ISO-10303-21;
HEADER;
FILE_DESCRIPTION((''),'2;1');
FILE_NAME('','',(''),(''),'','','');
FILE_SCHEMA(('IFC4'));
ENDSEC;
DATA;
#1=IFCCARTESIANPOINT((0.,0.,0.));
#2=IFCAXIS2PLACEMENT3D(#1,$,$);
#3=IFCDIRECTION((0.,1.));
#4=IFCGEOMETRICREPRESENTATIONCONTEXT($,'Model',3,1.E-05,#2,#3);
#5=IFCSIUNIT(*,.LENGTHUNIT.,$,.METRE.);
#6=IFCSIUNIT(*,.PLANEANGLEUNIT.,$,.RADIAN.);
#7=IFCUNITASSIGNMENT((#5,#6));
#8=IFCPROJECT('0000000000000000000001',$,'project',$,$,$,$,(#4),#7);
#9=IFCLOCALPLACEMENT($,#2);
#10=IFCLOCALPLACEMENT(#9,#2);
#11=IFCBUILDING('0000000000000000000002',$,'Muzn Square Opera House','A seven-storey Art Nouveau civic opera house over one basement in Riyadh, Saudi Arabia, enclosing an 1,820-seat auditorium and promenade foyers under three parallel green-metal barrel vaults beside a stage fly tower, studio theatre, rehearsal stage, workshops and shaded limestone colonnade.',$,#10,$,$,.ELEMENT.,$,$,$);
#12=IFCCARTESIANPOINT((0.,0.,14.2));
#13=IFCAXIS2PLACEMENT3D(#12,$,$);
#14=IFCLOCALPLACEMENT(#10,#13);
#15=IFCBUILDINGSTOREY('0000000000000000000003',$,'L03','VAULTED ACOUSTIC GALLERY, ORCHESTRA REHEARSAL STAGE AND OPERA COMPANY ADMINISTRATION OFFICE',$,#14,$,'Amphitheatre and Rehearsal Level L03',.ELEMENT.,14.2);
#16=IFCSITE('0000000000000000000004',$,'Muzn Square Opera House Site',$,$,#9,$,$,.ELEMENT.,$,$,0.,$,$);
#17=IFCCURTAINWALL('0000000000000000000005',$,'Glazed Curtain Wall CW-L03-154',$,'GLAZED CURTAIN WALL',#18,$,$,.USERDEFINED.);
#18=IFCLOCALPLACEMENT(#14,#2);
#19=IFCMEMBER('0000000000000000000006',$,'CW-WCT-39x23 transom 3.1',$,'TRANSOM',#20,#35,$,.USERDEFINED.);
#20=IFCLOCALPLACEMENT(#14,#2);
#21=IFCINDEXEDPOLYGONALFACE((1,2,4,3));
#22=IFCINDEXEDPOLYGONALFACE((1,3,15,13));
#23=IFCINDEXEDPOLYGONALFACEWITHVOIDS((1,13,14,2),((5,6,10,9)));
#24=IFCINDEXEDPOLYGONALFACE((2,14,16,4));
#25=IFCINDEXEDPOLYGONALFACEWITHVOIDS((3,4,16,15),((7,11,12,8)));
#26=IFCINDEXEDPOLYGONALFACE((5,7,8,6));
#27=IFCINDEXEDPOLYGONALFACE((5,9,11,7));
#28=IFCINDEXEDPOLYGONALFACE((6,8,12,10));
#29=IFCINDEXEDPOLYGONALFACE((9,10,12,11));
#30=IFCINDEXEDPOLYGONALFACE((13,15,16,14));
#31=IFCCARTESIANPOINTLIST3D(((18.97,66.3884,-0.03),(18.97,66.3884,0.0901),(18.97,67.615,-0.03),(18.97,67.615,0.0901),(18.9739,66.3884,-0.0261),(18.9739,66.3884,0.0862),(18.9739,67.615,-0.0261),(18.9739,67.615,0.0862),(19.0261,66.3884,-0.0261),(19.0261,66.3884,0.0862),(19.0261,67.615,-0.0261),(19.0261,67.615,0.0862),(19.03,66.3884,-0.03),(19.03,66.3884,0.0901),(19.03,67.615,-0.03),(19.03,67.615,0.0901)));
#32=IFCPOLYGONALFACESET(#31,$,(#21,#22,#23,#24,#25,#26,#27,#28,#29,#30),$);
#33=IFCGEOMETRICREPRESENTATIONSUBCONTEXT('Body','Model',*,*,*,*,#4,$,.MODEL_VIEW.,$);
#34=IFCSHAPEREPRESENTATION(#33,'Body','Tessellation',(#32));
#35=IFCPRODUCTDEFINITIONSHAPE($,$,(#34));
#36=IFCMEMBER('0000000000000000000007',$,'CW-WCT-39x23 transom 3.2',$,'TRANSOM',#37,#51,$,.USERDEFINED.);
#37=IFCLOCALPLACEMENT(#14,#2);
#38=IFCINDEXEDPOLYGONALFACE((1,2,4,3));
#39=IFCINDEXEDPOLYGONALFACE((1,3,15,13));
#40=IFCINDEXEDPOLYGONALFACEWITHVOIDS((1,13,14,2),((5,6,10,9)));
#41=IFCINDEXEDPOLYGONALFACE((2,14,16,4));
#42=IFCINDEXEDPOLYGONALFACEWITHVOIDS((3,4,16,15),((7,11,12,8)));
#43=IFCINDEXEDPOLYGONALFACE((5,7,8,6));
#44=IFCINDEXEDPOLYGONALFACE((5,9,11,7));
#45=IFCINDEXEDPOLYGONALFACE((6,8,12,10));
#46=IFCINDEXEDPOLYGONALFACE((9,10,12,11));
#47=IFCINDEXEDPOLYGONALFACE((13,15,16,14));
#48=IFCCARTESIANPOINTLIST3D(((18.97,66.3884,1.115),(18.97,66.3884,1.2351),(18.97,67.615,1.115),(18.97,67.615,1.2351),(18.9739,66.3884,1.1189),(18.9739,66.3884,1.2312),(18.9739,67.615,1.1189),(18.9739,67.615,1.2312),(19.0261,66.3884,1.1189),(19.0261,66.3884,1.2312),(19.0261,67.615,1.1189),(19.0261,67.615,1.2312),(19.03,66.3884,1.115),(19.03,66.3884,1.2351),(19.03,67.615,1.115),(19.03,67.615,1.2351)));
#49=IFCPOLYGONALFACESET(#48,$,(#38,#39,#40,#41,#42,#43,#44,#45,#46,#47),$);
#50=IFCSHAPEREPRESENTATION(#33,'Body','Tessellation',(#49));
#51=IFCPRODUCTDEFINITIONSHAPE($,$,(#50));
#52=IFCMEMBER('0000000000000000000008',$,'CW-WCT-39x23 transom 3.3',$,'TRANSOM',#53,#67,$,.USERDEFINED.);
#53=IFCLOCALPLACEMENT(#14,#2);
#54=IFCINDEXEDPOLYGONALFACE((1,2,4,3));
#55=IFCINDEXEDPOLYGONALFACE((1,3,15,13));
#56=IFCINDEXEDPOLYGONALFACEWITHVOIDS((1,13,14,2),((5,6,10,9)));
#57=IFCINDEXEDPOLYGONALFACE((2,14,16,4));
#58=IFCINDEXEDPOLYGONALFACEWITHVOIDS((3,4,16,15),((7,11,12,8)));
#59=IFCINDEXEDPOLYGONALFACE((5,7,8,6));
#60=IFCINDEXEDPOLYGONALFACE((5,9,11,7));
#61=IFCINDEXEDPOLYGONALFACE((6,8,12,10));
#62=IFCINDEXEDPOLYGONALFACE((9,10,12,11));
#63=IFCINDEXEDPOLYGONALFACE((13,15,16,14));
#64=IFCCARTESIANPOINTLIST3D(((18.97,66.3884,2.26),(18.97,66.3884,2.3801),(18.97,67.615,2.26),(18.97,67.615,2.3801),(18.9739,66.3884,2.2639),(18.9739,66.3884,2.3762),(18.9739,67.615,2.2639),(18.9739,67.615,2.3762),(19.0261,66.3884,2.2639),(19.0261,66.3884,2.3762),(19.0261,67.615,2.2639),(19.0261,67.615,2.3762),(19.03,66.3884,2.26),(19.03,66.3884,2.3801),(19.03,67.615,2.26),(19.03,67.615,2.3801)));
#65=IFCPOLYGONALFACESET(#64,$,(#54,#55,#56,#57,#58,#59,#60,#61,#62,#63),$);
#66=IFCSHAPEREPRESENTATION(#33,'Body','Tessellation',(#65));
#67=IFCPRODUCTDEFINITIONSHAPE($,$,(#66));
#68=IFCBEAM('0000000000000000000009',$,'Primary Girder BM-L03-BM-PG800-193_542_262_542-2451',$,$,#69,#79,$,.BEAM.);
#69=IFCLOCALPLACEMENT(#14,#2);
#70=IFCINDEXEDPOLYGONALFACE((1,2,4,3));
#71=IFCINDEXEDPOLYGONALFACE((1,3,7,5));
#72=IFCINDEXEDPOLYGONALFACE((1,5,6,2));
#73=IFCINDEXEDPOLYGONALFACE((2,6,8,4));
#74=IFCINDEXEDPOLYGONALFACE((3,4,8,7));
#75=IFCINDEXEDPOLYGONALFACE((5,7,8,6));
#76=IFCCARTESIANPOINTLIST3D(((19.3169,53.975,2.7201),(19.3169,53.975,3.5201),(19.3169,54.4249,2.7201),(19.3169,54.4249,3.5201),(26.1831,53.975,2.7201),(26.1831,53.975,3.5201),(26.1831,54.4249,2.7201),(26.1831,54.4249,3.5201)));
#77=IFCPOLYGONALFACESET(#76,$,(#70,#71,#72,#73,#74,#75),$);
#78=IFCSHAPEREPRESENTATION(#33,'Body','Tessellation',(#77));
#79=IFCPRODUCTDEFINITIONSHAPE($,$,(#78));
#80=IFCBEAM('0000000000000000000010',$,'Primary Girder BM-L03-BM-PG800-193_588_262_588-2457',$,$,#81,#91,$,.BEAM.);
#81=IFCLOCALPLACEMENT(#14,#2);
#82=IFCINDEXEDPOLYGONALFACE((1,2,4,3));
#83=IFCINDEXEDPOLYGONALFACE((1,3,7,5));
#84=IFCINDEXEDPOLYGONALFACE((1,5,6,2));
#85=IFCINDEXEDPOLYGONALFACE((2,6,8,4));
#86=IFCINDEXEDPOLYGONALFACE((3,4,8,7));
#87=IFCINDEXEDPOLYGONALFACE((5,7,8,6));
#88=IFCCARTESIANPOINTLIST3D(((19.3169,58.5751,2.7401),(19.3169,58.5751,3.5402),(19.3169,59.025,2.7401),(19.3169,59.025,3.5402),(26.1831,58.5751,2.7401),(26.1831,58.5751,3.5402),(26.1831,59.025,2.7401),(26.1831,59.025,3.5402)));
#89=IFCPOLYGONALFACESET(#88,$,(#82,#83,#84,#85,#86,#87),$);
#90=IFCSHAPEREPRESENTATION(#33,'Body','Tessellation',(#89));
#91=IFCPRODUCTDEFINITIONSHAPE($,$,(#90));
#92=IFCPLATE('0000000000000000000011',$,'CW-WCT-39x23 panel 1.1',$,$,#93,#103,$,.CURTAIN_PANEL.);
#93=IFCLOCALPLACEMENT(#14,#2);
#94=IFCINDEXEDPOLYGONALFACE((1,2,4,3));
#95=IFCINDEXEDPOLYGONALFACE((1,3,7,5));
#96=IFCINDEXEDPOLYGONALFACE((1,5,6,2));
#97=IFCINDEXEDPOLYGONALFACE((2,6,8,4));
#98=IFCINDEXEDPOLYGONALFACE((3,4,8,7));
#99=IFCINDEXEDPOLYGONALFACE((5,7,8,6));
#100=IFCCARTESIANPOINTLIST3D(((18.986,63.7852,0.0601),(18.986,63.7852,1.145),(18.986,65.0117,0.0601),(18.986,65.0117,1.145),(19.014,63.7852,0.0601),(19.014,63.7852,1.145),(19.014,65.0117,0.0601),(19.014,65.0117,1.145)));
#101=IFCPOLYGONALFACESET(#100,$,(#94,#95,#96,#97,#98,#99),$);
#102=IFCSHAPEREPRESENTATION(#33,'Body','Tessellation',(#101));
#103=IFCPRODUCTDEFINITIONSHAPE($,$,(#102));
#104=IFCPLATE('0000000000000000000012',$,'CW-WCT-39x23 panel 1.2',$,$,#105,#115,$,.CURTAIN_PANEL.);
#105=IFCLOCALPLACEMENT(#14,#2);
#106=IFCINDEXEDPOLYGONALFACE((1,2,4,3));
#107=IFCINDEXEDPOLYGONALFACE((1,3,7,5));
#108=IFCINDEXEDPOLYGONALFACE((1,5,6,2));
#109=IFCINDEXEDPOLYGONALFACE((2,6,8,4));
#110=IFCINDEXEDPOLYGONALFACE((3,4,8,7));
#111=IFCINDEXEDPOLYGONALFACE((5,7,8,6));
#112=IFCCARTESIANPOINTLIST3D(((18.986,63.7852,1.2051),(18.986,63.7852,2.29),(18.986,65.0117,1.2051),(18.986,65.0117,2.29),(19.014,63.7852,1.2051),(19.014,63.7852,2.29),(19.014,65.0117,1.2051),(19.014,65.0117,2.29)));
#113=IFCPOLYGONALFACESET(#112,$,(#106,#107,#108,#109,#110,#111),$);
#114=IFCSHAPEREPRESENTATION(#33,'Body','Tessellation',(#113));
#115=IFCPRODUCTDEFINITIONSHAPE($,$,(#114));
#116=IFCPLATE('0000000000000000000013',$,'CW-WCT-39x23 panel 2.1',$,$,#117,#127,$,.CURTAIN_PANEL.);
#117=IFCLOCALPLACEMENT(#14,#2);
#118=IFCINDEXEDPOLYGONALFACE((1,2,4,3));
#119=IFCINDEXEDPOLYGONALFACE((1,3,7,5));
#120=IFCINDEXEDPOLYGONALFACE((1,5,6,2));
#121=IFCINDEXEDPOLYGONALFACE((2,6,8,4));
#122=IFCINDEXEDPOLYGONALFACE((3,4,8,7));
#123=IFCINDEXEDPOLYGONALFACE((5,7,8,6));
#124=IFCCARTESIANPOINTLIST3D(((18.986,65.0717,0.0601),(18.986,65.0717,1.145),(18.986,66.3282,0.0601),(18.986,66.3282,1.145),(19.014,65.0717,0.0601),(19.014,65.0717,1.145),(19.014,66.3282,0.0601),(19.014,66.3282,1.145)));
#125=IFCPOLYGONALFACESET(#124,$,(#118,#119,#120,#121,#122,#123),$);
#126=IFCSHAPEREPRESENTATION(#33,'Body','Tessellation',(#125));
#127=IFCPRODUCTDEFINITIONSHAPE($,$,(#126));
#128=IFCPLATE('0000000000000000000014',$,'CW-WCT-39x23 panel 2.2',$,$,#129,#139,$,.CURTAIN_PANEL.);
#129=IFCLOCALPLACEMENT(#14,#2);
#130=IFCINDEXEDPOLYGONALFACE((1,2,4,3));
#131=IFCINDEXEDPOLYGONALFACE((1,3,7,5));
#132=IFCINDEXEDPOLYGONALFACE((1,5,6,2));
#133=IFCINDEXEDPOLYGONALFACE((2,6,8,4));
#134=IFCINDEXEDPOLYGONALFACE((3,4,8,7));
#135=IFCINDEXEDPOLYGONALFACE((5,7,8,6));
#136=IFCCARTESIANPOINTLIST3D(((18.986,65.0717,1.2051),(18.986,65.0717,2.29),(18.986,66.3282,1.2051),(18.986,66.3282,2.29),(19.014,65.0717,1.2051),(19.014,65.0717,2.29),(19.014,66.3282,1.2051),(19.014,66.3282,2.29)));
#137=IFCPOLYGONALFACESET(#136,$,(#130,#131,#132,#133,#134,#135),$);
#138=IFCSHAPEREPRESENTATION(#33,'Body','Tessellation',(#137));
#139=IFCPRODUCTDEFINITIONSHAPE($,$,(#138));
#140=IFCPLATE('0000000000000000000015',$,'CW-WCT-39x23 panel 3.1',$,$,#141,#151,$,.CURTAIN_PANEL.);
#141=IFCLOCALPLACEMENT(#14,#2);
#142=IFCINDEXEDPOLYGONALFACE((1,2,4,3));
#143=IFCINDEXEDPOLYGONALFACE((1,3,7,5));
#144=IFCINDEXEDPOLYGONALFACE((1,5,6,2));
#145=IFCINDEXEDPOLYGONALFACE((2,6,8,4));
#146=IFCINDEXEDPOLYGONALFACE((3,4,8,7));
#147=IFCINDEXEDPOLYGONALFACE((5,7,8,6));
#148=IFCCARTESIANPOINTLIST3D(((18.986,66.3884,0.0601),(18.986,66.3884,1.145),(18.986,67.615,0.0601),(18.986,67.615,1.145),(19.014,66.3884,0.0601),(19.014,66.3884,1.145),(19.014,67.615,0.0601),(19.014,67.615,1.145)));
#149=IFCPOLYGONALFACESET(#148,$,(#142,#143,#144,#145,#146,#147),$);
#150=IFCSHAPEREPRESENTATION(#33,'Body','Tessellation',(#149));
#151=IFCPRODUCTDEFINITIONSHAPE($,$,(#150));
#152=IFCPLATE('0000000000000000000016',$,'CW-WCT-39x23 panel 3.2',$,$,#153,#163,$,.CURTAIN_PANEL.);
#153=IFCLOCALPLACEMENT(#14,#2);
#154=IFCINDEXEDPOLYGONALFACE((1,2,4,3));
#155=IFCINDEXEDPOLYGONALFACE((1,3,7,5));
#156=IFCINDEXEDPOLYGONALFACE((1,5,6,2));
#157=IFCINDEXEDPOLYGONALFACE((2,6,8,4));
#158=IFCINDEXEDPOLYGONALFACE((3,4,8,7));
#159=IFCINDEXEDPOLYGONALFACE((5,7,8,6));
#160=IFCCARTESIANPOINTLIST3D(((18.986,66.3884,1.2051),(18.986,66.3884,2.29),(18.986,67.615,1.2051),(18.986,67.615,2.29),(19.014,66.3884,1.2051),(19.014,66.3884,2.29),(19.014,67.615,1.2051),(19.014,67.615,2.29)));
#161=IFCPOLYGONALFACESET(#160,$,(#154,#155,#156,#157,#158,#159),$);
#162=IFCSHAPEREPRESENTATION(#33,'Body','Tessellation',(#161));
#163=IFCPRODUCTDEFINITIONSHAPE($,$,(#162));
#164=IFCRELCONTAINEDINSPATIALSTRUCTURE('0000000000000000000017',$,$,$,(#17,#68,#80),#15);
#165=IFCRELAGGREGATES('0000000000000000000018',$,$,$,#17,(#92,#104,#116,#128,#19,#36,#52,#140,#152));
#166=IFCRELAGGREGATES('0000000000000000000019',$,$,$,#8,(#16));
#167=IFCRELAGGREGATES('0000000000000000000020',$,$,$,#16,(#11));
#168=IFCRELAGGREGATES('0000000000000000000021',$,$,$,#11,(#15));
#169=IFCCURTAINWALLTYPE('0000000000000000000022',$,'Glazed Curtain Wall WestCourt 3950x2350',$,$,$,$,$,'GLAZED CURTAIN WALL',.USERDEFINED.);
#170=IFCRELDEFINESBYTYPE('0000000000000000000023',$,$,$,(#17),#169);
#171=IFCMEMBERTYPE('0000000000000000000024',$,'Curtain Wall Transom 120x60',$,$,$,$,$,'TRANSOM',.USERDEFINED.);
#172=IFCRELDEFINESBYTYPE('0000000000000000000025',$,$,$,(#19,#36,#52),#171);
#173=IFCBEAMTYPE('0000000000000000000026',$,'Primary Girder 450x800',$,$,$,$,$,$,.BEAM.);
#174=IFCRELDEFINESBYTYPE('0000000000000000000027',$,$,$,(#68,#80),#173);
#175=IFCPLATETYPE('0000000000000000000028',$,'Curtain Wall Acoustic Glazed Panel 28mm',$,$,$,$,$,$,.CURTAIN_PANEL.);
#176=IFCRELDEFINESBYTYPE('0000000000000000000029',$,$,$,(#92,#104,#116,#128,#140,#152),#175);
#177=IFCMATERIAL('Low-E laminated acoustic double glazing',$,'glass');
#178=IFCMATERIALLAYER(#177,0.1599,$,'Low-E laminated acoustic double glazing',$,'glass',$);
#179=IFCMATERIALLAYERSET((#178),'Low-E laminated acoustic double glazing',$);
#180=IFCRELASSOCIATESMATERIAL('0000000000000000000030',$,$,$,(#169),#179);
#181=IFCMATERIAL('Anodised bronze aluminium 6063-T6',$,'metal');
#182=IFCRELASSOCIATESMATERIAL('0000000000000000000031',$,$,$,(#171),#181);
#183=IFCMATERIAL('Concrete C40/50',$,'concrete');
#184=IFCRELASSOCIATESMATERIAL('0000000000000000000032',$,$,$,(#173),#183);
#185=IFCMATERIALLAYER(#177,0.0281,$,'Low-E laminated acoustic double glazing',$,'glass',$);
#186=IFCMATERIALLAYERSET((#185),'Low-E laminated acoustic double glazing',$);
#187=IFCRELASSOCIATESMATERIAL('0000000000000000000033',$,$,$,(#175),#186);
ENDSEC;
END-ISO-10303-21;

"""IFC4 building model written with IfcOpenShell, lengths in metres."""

from ifc_helpers import new_model, si_unit, direction, frame, origin, origin_2d, place, context, subcontext, project, spatial, rectangle, hollow_rectangle, extrude, material, layer, layer_set, material_profile, profile_set, type_object, element, aggregate, save


model = new_model("IFC4")

# Units and contexts
model_context = context("Model", 3, precision=1e-05, world=origin(), true_north=direction((0.0, 1.0)))
body_context = subcontext(model_context, "Body", "Model", "MODEL_VIEW")
ifc_project = project(units=[si_unit("LENGTHUNIT", "METRE"), si_unit("PLANEANGLEUNIT", "RADIAN")], contexts=[model_context])

# Site, building, storey
site_placement = place(None, origin())
site = spatial("IfcSite", under=ifc_project, at=site_placement, Name="Muzn Square Opera House Site", CompositionType="ELEMENT", RefElevation=0.0)
building_placement = place(site_placement, origin())
building = spatial("IfcBuilding", under=site, at=building_placement, Name="Muzn Square Opera House", Description="A seven-storey Art Nouveau civic opera house over one basement in Riyadh, Saudi Arabia, enclosing an 1,820-seat auditorium and promenade foyers under three parallel green-metal barrel vaults beside a stage fly tower, studio theatre, rehearsal stage, workshops and shaded limestone colonnade.", CompositionType="ELEMENT")
storey_placement = place(building_placement, frame((0.0, 0.0, 14.2)))
storey = spatial("IfcBuildingStorey", under=building, at=storey_placement, Name="L03", Description="VAULTED ACOUSTIC GALLERY, ORCHESTRA REHEARSAL STAGE AND OPERA COMPANY ADMINISTRATION OFFICE", LongName="Amphitheatre and Rehearsal Level L03", CompositionType="ELEMENT", Elevation=14.2)

# Curtain wall, members
ifc_material_1 = material(Name="Low-E laminated acoustic double glazing", Category="glass")
ifc_layer_1 = layer(ifc_material_1, 0.1599, Name="Low-E laminated acoustic double glazing", Category="glass")
ifc_layer_set_1 = layer_set([ifc_layer_1], Name="Low-E laminated acoustic double glazing")
curtain_wall_type = type_object("IfcCurtainWallType", Name="Glazed Curtain Wall WestCourt 3950x2350", ElementType="GLAZED CURTAIN WALL", PredefinedType="USERDEFINED", material=ifc_layer_set_1)
curtain_wall_placement = place(storey_placement, origin())
curtain_wall = element("IfcCurtainWall", 1, at=curtain_wall_placement, inside=storey, type_object=curtain_wall_type, Name="Glazed Curtain Wall CW-L03-154", ObjectType="GLAZED CURTAIN WALL", PredefinedType="USERDEFINED")
ifc_material_2 = material(Name="Anodised bronze aluminium 6063-T6", Category="metal")
ifc_material_profile_1 = material_profile(ifc_material_2, hollow_rectangle(XDim=0.0601, YDim=0.1201, WallThickness=0.0039, at=origin_2d()), Name="ALU 120x60x4", Category="metal")
ifc_profile_set_1 = profile_set([ifc_material_profile_1], Name="Anodised bronze aluminium 6063-T6")
member_type_1 = type_object("IfcMemberType", Name="Curtain Wall Transom 120x60", ElementType="TRANSOM", PredefinedType="USERDEFINED", material=ifc_profile_set_1)
member_1_placement = place(storey_placement, frame((19.0, 66.3884, 0.03), z_axis=(0.0, 1.0, 0.0), x_axis=(-1.0, 0.0, 0.0)))
member_1 = element("IfcMember", 2, at=member_1_placement, type_object=member_type_1, Name="CW-WCT-39x23 transom 3.1", ObjectType="TRANSOM", PredefinedType="USERDEFINED", context=body_context, shape_type="SweptSolid", body=[
    extrude(hollow_rectangle(XDim=0.0601, YDim=0.1201, WallThickness=0.0039, at=origin_2d()), origin(), (0.0, 0.0, 1.0), 1.2266),
])
member_2_placement = place(storey_placement, frame((19.0, 66.3884, 1.175), z_axis=(0.0, 1.0, 0.0), x_axis=(-1.0, 0.0, 0.0)))
member_2 = element("IfcMember", 3, at=member_2_placement, type_object=member_type_1, Name="CW-WCT-39x23 transom 3.2", ObjectType="TRANSOM", PredefinedType="USERDEFINED", context=body_context, shape_type="SweptSolid", body=[
    extrude(hollow_rectangle(XDim=0.0601, YDim=0.1201, WallThickness=0.0039, at=origin_2d()), origin(), (0.0, 0.0, 1.0), 1.2266),
])
member_3_placement = place(storey_placement, frame((19.0, 66.3884, 2.3201), z_axis=(0.0, 1.0, 0.0), x_axis=(-1.0, 0.0, 0.0)))
member_3 = element("IfcMember", 4, at=member_3_placement, type_object=member_type_1, Name="CW-WCT-39x23 transom 3.3", ObjectType="TRANSOM", PredefinedType="USERDEFINED", context=body_context, shape_type="SweptSolid", body=[
    extrude(hollow_rectangle(XDim=0.0601, YDim=0.1201, WallThickness=0.0039, at=origin_2d()), origin(), (0.0, 0.0, 1.0), 1.2266),
])

# Beams
ifc_material_3 = material(Name="Concrete C40/50", Category="concrete")
ifc_material_profile_2 = material_profile(ifc_material_3, rectangle(XDim=0.45, YDim=0.8, at=origin_2d()), Name="RCB 450x800", Category="concrete")
ifc_profile_set_2 = profile_set([ifc_material_profile_2], Name="Concrete C40/50")
beam_type = type_object("IfcBeamType", Name="Primary Girder 450x800", PredefinedType="BEAM", material=ifc_profile_set_2)
for number, where, z_axis, x_axis, name in (
    (5, (19.3169, 54.2, 3.1201), (1.0, 0.0, 0.0), (0.0, 1.0, 0.0), "Primary Girder BM-L03-BM-PG800-193_542_262_542-2451"),
    (6, (19.3169, 58.8, 3.1401), (1.0, 0.0, 0.0), (0.0, 1.0, 0.0), "Primary Girder BM-L03-BM-PG800-193_588_262_588-2457"),
):
    element("IfcBeam", number, at=place(storey_placement, frame(where, z_axis=z_axis, x_axis=x_axis)), inside=storey, type_object=beam_type, Name=name, PredefinedType="BEAM", context=body_context, shape_type="SweptSolid", body=[
        extrude(rectangle(XDim=0.45, YDim=0.8, at=origin_2d()), origin(), (0.0, 0.0, 1.0), 6.8662),
    ])

# Plates
ifc_layer_2 = layer(ifc_material_1, 0.0281, Name="Low-E laminated acoustic double glazing", Category="glass")
ifc_layer_set_2 = layer_set([ifc_layer_2], Name="Low-E laminated acoustic double glazing")
plate_type = type_object("IfcPlateType", Name="Curtain Wall Acoustic Glazed Panel 28mm", PredefinedType="CURTAIN_PANEL", material=ifc_layer_set_2)
plate_1_placement = place(storey_placement, frame((19.0, 64.3984, 0.0601), z_axis=(0.0, 0.0, 1.0), x_axis=(0.0, 1.0, 0.0)))
plate_1 = element("IfcPlate", 7, at=plate_1_placement, type_object=plate_type, Name="CW-WCT-39x23 panel 1.1", PredefinedType="CURTAIN_PANEL", context=body_context, shape_type="SweptSolid", body=[
    extrude(rectangle(XDim=1.2266, YDim=0.0281, at=origin_2d()), origin(), (0.0, 0.0, 1.0), 1.085),
])
plate_2_placement = place(storey_placement, frame((19.0, 64.3984, 1.2051), z_axis=(0.0, 0.0, 1.0), x_axis=(0.0, 1.0, 0.0)))
plate_2 = element("IfcPlate", 8, at=plate_2_placement, type_object=plate_type, Name="CW-WCT-39x23 panel 1.2", PredefinedType="CURTAIN_PANEL", context=body_context, shape_type="SweptSolid", body=[
    extrude(rectangle(XDim=1.2266, YDim=0.0281, at=origin_2d()), origin(), (0.0, 0.0, 1.0), 1.085),
])
plate_3_placement = place(storey_placement, frame((19.0, 65.7, 0.0601), z_axis=(0.0, 0.0, 1.0), x_axis=(0.0, 1.0, 0.0)))
plate_3 = element("IfcPlate", 9, at=plate_3_placement, type_object=plate_type, Name="CW-WCT-39x23 panel 2.1", PredefinedType="CURTAIN_PANEL", context=body_context, shape_type="SweptSolid", body=[
    extrude(rectangle(XDim=1.2566, YDim=0.0281, at=origin_2d()), origin(), (0.0, 0.0, 1.0), 1.085),
])
plate_4_placement = place(storey_placement, frame((19.0, 65.7, 1.2051), z_axis=(0.0, 0.0, 1.0), x_axis=(0.0, 1.0, 0.0)))
plate_4 = element("IfcPlate", 10, at=plate_4_placement, type_object=plate_type, Name="CW-WCT-39x23 panel 2.2", PredefinedType="CURTAIN_PANEL", context=body_context, shape_type="SweptSolid", body=[
    extrude(rectangle(XDim=1.2566, YDim=0.0281, at=origin_2d()), origin(), (0.0, 0.0, 1.0), 1.085),
])
plate_5_placement = place(storey_placement, frame((19.0, 67.0017, 0.0601), z_axis=(0.0, 0.0, 1.0), x_axis=(0.0, 1.0, 0.0)))
plate_5 = element("IfcPlate", 11, at=plate_5_placement, type_object=plate_type, Name="CW-WCT-39x23 panel 3.1", PredefinedType="CURTAIN_PANEL", context=body_context, shape_type="SweptSolid", body=[
    extrude(rectangle(XDim=1.2266, YDim=0.0281, at=origin_2d()), origin(), (0.0, 0.0, 1.0), 1.085),
])
plate_6_placement = place(storey_placement, frame((19.0, 67.0017, 1.2051), z_axis=(0.0, 0.0, 1.0), x_axis=(0.0, 1.0, 0.0)))
plate_6 = element("IfcPlate", 12, at=plate_6_placement, type_object=plate_type, Name="CW-WCT-39x23 panel 3.2", PredefinedType="CURTAIN_PANEL", context=body_context, shape_type="SweptSolid", body=[
    extrude(rectangle(XDim=1.2266, YDim=0.0281, at=origin_2d()), origin(), (0.0, 0.0, 1.0), 1.085),
])
aggregate(curtain_wall, [plate_1, plate_2, plate_3, plate_4, member_1, member_2, member_3, plate_5, plate_6])

save(model, "model.ifc")
